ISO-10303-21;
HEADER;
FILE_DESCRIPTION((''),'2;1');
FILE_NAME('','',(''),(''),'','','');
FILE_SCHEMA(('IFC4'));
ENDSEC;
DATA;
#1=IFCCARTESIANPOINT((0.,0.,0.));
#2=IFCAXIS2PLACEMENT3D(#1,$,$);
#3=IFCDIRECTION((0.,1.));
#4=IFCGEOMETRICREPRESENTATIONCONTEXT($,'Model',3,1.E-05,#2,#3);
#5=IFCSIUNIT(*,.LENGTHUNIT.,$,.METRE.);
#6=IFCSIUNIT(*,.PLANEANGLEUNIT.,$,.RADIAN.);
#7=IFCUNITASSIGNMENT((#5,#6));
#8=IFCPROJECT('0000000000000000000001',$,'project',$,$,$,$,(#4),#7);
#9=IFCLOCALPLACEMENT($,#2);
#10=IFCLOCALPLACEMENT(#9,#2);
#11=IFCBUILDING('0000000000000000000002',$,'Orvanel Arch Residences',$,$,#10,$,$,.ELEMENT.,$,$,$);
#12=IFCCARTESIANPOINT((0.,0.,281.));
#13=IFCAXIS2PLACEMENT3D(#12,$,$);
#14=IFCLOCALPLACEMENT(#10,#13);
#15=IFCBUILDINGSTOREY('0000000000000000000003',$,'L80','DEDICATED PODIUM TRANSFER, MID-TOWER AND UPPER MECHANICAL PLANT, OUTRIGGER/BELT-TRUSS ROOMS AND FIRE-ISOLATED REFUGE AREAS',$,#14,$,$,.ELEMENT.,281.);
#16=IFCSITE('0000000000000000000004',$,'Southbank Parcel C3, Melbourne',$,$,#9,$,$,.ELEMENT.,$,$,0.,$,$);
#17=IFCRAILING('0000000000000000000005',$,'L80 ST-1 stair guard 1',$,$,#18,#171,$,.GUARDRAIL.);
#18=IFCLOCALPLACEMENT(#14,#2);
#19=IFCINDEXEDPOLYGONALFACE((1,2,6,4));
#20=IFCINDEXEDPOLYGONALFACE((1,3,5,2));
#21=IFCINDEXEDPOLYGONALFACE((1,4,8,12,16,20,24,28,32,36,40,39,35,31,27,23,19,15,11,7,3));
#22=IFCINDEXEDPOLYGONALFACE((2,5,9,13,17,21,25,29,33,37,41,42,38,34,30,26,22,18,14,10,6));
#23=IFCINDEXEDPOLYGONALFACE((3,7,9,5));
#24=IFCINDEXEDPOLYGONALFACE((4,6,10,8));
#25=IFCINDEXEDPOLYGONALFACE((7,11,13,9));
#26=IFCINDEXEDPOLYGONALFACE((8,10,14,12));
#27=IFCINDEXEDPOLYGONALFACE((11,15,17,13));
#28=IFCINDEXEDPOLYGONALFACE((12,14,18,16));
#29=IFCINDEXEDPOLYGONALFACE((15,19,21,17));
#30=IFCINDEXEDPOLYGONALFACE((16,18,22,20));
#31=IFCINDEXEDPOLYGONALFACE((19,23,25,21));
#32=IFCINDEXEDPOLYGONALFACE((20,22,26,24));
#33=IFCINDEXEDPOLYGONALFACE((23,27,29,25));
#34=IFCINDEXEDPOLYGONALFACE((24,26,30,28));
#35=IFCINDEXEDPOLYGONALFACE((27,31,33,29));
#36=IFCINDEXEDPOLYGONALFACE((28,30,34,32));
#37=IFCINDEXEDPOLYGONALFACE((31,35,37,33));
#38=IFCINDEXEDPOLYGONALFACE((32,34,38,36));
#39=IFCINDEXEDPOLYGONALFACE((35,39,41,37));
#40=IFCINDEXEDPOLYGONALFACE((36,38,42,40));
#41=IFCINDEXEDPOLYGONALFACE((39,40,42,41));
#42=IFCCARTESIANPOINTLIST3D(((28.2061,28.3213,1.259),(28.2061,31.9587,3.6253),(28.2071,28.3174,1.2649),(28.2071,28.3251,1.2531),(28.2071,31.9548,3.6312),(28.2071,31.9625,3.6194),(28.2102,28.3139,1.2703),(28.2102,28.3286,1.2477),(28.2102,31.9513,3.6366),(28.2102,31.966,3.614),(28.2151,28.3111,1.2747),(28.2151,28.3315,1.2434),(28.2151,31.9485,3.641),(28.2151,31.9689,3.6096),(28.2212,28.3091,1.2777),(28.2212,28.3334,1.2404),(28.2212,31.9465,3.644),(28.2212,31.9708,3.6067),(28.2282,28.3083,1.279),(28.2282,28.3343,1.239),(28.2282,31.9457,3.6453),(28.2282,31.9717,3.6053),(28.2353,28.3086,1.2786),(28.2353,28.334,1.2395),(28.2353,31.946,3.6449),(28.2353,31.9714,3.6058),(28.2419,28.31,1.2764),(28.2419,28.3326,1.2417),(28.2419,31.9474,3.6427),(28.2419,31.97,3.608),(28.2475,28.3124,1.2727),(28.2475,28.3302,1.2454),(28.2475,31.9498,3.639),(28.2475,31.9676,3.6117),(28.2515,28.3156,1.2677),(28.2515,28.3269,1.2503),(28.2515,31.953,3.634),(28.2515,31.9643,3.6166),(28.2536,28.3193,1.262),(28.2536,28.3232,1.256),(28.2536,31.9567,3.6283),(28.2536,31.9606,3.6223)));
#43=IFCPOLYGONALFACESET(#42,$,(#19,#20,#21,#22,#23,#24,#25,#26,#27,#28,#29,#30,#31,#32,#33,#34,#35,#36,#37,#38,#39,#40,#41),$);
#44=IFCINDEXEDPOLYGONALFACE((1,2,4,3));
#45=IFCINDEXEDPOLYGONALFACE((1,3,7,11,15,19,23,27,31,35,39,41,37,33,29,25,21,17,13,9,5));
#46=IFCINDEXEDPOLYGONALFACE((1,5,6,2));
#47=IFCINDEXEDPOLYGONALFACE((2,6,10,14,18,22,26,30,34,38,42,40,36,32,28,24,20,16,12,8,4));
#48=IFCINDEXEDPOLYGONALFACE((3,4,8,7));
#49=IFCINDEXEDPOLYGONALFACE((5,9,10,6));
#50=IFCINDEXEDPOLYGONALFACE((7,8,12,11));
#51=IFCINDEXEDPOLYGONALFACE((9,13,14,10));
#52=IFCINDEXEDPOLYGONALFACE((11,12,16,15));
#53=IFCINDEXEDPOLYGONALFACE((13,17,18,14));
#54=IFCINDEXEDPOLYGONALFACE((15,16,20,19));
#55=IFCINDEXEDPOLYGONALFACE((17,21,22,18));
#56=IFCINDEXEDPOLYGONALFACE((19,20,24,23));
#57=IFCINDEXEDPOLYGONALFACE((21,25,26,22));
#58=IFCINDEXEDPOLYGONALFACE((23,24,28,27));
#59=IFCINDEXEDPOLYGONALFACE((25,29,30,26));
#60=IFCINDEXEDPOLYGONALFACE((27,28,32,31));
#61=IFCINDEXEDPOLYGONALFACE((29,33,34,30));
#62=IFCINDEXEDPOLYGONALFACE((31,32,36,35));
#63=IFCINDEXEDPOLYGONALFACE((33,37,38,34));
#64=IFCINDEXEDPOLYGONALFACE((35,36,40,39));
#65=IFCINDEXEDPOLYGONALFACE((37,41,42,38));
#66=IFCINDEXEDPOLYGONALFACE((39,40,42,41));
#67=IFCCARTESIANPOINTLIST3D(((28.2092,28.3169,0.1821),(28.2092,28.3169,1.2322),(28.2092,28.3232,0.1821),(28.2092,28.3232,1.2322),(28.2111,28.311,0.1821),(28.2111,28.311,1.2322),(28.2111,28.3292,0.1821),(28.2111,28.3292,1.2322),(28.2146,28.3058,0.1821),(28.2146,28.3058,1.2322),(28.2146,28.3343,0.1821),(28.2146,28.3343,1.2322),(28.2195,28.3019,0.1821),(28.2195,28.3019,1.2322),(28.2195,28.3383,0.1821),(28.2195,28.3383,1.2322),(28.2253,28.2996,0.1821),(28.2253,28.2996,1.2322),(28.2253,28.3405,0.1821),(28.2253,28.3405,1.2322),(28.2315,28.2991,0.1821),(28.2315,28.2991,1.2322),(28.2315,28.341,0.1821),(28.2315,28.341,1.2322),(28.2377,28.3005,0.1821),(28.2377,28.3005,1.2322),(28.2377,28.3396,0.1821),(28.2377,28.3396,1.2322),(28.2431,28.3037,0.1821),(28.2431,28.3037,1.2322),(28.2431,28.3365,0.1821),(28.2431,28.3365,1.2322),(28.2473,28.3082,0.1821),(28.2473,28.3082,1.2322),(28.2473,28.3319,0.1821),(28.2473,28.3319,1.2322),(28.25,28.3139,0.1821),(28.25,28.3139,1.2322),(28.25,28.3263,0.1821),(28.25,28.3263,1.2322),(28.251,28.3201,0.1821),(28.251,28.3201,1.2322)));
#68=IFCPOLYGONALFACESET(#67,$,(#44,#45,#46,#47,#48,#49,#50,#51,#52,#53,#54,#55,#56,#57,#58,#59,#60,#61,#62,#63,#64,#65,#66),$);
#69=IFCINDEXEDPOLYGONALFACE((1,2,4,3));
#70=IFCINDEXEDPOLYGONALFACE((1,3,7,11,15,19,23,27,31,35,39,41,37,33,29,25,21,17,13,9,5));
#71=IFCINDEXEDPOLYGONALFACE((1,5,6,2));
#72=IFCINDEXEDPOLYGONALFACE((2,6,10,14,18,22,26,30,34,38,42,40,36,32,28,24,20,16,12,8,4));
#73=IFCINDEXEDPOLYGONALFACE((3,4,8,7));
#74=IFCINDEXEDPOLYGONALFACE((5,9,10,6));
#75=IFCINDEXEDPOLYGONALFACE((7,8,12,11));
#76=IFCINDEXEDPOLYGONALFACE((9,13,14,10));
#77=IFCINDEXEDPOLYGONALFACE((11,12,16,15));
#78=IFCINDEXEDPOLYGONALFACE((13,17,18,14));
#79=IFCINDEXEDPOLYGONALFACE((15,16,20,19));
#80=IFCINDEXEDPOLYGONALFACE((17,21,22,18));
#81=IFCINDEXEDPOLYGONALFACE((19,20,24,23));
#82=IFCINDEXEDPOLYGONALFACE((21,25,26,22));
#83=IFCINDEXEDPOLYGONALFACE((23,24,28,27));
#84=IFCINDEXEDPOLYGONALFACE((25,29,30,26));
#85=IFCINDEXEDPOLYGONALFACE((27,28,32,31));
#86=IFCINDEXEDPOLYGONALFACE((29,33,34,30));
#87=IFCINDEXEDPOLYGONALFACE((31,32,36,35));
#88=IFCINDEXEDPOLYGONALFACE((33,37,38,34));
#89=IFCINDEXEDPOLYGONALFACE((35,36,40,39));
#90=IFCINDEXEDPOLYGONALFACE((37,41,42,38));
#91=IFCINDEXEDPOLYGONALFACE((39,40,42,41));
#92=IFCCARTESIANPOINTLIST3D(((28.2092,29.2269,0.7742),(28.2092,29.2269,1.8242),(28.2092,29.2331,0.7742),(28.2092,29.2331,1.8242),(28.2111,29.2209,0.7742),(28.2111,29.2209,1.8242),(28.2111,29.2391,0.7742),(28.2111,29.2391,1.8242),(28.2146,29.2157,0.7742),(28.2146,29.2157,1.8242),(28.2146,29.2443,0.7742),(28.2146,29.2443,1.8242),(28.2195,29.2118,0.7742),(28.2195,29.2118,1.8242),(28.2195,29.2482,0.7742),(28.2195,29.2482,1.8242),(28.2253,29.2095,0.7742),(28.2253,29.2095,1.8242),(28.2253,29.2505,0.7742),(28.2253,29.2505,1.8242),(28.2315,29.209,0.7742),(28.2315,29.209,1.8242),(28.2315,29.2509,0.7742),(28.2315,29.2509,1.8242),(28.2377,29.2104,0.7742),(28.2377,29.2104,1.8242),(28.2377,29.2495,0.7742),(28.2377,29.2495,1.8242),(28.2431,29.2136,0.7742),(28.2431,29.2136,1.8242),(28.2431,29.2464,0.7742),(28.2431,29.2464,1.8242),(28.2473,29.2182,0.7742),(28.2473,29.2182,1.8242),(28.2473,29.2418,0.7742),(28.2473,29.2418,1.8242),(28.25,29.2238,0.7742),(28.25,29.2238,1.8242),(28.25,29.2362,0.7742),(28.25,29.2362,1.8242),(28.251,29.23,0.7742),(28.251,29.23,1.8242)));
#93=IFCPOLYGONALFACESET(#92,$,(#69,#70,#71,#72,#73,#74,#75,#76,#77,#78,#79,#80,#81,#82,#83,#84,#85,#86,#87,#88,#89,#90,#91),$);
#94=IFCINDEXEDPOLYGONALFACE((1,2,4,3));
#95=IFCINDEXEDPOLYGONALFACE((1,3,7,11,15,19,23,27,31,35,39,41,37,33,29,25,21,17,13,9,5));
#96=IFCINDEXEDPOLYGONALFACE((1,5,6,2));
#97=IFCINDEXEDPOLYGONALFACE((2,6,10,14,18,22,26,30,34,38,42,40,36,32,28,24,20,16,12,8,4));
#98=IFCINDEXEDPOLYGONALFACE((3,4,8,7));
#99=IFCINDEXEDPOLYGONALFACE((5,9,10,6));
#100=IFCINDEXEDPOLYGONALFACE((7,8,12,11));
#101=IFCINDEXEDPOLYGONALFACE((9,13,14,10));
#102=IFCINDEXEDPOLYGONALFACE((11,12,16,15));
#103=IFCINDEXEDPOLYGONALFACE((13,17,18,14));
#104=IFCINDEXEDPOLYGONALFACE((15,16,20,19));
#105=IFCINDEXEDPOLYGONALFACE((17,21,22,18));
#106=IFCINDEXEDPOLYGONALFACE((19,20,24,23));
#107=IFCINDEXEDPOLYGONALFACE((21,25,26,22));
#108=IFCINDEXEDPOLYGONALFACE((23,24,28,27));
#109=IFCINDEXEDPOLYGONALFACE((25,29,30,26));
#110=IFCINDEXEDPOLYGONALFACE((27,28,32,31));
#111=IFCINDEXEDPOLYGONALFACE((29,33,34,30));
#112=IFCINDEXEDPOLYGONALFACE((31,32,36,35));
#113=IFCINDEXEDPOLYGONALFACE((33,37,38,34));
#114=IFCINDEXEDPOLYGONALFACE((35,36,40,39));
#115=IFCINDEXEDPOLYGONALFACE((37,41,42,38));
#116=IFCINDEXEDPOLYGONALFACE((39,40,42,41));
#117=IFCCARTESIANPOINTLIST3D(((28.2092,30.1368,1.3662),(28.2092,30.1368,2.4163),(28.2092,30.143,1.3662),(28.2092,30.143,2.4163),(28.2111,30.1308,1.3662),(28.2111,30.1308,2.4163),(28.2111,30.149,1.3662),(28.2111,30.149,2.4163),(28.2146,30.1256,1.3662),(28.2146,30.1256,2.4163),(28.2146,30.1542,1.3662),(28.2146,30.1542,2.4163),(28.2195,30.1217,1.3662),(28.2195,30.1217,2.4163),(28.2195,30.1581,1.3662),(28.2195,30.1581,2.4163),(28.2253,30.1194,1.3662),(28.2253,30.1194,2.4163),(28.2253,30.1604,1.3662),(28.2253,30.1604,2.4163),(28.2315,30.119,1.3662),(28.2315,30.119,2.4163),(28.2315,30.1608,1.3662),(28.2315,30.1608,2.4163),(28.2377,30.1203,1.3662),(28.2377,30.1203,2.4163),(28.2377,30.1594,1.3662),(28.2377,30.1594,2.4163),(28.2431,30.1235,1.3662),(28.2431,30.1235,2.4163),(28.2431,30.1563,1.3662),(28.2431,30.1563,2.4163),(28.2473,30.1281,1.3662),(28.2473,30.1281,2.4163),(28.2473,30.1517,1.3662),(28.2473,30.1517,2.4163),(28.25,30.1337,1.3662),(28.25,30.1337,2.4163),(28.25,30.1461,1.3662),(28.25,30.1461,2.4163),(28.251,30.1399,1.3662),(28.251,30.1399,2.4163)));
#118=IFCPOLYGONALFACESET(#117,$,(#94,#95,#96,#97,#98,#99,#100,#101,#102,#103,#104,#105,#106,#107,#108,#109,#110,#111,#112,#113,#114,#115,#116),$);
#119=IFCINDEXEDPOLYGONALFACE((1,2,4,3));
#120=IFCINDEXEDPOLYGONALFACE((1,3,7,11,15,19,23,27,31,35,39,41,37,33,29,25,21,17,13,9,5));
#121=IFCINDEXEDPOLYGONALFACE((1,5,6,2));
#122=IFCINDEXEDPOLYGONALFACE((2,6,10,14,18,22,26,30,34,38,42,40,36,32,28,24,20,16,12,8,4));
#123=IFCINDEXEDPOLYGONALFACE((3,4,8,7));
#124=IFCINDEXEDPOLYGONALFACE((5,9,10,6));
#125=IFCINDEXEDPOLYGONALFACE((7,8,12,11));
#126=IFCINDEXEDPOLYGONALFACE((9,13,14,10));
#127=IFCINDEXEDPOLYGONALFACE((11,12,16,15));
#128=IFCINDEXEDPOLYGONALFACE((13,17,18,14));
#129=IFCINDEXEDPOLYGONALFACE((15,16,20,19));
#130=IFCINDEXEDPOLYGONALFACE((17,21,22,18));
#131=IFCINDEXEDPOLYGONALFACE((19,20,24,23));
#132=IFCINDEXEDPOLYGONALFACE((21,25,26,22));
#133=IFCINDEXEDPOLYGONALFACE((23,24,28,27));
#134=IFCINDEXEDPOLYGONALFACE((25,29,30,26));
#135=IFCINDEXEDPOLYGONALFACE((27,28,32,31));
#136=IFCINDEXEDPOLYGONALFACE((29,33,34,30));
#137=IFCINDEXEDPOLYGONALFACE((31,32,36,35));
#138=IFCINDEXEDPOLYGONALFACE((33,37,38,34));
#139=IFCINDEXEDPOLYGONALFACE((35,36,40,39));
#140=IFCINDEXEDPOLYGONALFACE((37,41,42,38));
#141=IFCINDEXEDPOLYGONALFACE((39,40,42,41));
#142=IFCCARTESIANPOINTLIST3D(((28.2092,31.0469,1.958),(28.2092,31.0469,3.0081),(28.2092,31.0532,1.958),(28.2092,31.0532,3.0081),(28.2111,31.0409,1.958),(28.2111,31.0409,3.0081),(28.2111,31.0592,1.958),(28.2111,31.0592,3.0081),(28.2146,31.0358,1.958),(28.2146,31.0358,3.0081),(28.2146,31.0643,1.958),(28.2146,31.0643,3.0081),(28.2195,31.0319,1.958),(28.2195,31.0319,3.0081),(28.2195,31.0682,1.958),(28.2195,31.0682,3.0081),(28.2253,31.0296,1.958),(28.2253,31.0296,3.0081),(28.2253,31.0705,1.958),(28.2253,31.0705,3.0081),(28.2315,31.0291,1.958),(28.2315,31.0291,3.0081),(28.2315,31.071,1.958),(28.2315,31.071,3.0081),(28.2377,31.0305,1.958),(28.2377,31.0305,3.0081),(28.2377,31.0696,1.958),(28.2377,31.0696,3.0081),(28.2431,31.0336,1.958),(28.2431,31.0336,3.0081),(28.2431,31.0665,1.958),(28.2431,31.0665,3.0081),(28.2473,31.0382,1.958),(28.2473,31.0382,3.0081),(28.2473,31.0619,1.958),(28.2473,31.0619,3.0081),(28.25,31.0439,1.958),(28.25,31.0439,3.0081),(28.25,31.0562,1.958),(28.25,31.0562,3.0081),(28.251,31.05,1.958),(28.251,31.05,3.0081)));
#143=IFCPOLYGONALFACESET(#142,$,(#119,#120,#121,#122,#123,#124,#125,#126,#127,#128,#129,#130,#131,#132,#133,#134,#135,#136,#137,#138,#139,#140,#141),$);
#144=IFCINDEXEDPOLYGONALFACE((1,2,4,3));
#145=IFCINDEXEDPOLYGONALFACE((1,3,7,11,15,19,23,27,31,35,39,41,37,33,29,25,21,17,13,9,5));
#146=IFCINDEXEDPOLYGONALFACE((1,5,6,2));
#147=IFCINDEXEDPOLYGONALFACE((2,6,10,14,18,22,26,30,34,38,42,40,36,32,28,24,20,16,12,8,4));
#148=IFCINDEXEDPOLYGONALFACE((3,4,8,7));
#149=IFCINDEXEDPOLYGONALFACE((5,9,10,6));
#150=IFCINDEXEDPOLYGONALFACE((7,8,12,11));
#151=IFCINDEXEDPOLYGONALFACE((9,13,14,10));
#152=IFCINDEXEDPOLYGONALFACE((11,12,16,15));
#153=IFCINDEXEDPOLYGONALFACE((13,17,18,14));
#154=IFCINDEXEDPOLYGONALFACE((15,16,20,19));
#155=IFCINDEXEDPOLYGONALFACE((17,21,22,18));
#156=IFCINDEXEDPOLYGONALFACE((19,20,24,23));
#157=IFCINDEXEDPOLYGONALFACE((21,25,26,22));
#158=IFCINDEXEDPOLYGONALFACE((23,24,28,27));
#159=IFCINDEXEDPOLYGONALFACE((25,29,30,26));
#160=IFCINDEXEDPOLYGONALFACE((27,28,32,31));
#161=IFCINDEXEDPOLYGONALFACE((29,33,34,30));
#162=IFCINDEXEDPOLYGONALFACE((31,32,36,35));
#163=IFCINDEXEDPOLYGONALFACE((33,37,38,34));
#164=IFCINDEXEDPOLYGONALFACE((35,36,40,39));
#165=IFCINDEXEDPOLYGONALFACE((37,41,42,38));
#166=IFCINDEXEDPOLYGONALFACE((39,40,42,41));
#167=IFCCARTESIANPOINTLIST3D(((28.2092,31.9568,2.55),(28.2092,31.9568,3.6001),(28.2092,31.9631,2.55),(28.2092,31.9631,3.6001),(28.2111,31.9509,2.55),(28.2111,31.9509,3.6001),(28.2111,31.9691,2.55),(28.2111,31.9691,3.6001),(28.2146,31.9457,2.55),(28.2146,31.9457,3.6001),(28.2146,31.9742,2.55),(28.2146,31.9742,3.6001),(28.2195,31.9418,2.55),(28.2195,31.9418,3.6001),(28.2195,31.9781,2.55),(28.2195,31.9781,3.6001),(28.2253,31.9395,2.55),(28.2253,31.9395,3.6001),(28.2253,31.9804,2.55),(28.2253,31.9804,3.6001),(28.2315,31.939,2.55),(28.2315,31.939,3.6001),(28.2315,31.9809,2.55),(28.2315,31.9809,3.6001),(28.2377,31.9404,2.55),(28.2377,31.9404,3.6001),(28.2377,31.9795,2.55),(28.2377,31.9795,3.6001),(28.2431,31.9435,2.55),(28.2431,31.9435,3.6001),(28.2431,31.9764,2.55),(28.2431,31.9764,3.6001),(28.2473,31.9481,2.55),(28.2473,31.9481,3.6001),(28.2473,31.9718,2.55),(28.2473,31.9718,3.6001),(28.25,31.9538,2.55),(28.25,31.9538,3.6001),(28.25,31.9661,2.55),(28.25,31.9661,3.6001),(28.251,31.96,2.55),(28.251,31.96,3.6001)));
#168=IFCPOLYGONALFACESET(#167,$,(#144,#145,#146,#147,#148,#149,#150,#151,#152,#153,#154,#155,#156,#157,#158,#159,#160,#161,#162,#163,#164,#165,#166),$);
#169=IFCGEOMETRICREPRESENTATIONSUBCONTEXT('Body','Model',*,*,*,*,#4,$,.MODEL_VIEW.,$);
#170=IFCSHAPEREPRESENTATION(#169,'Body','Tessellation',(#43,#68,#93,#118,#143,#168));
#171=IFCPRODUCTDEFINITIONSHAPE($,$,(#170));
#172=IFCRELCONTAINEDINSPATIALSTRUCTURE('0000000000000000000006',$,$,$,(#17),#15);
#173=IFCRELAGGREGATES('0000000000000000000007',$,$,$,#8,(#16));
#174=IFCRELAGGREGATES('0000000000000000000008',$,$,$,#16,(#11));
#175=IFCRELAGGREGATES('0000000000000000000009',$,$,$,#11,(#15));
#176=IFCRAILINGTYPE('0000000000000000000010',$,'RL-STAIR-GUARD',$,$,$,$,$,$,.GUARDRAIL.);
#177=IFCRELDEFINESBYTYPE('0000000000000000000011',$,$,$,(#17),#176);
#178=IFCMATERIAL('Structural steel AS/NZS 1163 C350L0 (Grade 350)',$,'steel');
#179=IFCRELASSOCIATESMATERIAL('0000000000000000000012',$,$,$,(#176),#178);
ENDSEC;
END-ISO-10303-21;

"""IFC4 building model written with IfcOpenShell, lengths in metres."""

from ifc_helpers import new_model, si_unit, direction, frame, origin, origin_2d, place, context, subcontext, project, spatial, circle, extrude, material, type_object, element, save


model = new_model("IFC4")

# Units and contexts
model_context = context("Model", 3, precision=1e-05, world=origin(), true_north=direction((0.0, 1.0)))
body_context = subcontext(model_context, "Body", "Model", "MODEL_VIEW")
ifc_project = project(units=[si_unit("LENGTHUNIT", "METRE"), si_unit("PLANEANGLEUNIT", "RADIAN")], contexts=[model_context])

# Site, building, storey
site_placement = place(None, origin())
site = spatial("IfcSite", under=ifc_project, at=site_placement, Name="Southbank Parcel C3, Melbourne", CompositionType="ELEMENT", RefElevation=0.0)
building_placement = place(site_placement, origin())
building = spatial("IfcBuilding", under=site, at=building_placement, Name="Orvanel Arch Residences", CompositionType="ELEMENT")
storey_placement = place(building_placement, frame((0.0, 0.0, 281.0)))
storey = spatial("IfcBuildingStorey", under=building, at=storey_placement, Name="L80", Description="DEDICATED PODIUM TRANSFER, MID-TOWER AND UPPER MECHANICAL PLANT, OUTRIGGER/BELT-TRUSS ROOMS AND FIRE-ISOLATED REFUGE AREAS", CompositionType="ELEMENT", Elevation=281.0)

# Shared definitions
ifc_material_1 = material(Name="Structural steel AS/NZS 1163 C350L0 (Grade 350)", Category="steel")

# Railing
railing_type_1 = type_object("IfcRailingType", Name="RL-STAIR-GUARD", PredefinedType="GUARDRAIL", material=ifc_material_1)
railing_1_placement = place(storey_placement, frame((28.23, 28.3201, 0.1821)))
element("IfcRailing", 1, at=railing_1_placement, inside=storey, type_object=railing_type_1, Name="L80 ST-1 stair guard 1", PredefinedType="GUARDRAIL", context=body_context, shape_type="SweptSolid", body=[
    extrude(circle(Radius=0.0239, at=origin_2d()), frame((0.0, 0.0012, 1.0769), z_axis=(0.0, 0.838234, 0.54531), x_axis=(-1.0, 0.0, 0.0)), (0.0, 0.0, 1.0), 4.3394),
    extrude(circle(Radius=0.021, at=origin_2d()), origin(), (0.0, 0.0, 1.0), 1.05),
    extrude(circle(Radius=0.021, at=origin_2d()), frame((0.0, 0.9099, 0.592)), (0.0, 0.0, 1.0), 1.05),
    extrude(circle(Radius=0.021, at=origin_2d()), frame((0.0, 1.8198, 1.1841)), (0.0, 0.0, 1.0), 1.05),
    extrude(circle(Radius=0.021, at=origin_2d()), frame((0.0, 2.73, 1.7759)), (0.0, 0.0, 1.0), 1.05),
    extrude(circle(Radius=0.021, at=origin_2d()), frame((0.0, 3.6399, 2.3679)), (0.0, 0.0, 1.0), 1.05),
])

save(model, "model.ifc")
